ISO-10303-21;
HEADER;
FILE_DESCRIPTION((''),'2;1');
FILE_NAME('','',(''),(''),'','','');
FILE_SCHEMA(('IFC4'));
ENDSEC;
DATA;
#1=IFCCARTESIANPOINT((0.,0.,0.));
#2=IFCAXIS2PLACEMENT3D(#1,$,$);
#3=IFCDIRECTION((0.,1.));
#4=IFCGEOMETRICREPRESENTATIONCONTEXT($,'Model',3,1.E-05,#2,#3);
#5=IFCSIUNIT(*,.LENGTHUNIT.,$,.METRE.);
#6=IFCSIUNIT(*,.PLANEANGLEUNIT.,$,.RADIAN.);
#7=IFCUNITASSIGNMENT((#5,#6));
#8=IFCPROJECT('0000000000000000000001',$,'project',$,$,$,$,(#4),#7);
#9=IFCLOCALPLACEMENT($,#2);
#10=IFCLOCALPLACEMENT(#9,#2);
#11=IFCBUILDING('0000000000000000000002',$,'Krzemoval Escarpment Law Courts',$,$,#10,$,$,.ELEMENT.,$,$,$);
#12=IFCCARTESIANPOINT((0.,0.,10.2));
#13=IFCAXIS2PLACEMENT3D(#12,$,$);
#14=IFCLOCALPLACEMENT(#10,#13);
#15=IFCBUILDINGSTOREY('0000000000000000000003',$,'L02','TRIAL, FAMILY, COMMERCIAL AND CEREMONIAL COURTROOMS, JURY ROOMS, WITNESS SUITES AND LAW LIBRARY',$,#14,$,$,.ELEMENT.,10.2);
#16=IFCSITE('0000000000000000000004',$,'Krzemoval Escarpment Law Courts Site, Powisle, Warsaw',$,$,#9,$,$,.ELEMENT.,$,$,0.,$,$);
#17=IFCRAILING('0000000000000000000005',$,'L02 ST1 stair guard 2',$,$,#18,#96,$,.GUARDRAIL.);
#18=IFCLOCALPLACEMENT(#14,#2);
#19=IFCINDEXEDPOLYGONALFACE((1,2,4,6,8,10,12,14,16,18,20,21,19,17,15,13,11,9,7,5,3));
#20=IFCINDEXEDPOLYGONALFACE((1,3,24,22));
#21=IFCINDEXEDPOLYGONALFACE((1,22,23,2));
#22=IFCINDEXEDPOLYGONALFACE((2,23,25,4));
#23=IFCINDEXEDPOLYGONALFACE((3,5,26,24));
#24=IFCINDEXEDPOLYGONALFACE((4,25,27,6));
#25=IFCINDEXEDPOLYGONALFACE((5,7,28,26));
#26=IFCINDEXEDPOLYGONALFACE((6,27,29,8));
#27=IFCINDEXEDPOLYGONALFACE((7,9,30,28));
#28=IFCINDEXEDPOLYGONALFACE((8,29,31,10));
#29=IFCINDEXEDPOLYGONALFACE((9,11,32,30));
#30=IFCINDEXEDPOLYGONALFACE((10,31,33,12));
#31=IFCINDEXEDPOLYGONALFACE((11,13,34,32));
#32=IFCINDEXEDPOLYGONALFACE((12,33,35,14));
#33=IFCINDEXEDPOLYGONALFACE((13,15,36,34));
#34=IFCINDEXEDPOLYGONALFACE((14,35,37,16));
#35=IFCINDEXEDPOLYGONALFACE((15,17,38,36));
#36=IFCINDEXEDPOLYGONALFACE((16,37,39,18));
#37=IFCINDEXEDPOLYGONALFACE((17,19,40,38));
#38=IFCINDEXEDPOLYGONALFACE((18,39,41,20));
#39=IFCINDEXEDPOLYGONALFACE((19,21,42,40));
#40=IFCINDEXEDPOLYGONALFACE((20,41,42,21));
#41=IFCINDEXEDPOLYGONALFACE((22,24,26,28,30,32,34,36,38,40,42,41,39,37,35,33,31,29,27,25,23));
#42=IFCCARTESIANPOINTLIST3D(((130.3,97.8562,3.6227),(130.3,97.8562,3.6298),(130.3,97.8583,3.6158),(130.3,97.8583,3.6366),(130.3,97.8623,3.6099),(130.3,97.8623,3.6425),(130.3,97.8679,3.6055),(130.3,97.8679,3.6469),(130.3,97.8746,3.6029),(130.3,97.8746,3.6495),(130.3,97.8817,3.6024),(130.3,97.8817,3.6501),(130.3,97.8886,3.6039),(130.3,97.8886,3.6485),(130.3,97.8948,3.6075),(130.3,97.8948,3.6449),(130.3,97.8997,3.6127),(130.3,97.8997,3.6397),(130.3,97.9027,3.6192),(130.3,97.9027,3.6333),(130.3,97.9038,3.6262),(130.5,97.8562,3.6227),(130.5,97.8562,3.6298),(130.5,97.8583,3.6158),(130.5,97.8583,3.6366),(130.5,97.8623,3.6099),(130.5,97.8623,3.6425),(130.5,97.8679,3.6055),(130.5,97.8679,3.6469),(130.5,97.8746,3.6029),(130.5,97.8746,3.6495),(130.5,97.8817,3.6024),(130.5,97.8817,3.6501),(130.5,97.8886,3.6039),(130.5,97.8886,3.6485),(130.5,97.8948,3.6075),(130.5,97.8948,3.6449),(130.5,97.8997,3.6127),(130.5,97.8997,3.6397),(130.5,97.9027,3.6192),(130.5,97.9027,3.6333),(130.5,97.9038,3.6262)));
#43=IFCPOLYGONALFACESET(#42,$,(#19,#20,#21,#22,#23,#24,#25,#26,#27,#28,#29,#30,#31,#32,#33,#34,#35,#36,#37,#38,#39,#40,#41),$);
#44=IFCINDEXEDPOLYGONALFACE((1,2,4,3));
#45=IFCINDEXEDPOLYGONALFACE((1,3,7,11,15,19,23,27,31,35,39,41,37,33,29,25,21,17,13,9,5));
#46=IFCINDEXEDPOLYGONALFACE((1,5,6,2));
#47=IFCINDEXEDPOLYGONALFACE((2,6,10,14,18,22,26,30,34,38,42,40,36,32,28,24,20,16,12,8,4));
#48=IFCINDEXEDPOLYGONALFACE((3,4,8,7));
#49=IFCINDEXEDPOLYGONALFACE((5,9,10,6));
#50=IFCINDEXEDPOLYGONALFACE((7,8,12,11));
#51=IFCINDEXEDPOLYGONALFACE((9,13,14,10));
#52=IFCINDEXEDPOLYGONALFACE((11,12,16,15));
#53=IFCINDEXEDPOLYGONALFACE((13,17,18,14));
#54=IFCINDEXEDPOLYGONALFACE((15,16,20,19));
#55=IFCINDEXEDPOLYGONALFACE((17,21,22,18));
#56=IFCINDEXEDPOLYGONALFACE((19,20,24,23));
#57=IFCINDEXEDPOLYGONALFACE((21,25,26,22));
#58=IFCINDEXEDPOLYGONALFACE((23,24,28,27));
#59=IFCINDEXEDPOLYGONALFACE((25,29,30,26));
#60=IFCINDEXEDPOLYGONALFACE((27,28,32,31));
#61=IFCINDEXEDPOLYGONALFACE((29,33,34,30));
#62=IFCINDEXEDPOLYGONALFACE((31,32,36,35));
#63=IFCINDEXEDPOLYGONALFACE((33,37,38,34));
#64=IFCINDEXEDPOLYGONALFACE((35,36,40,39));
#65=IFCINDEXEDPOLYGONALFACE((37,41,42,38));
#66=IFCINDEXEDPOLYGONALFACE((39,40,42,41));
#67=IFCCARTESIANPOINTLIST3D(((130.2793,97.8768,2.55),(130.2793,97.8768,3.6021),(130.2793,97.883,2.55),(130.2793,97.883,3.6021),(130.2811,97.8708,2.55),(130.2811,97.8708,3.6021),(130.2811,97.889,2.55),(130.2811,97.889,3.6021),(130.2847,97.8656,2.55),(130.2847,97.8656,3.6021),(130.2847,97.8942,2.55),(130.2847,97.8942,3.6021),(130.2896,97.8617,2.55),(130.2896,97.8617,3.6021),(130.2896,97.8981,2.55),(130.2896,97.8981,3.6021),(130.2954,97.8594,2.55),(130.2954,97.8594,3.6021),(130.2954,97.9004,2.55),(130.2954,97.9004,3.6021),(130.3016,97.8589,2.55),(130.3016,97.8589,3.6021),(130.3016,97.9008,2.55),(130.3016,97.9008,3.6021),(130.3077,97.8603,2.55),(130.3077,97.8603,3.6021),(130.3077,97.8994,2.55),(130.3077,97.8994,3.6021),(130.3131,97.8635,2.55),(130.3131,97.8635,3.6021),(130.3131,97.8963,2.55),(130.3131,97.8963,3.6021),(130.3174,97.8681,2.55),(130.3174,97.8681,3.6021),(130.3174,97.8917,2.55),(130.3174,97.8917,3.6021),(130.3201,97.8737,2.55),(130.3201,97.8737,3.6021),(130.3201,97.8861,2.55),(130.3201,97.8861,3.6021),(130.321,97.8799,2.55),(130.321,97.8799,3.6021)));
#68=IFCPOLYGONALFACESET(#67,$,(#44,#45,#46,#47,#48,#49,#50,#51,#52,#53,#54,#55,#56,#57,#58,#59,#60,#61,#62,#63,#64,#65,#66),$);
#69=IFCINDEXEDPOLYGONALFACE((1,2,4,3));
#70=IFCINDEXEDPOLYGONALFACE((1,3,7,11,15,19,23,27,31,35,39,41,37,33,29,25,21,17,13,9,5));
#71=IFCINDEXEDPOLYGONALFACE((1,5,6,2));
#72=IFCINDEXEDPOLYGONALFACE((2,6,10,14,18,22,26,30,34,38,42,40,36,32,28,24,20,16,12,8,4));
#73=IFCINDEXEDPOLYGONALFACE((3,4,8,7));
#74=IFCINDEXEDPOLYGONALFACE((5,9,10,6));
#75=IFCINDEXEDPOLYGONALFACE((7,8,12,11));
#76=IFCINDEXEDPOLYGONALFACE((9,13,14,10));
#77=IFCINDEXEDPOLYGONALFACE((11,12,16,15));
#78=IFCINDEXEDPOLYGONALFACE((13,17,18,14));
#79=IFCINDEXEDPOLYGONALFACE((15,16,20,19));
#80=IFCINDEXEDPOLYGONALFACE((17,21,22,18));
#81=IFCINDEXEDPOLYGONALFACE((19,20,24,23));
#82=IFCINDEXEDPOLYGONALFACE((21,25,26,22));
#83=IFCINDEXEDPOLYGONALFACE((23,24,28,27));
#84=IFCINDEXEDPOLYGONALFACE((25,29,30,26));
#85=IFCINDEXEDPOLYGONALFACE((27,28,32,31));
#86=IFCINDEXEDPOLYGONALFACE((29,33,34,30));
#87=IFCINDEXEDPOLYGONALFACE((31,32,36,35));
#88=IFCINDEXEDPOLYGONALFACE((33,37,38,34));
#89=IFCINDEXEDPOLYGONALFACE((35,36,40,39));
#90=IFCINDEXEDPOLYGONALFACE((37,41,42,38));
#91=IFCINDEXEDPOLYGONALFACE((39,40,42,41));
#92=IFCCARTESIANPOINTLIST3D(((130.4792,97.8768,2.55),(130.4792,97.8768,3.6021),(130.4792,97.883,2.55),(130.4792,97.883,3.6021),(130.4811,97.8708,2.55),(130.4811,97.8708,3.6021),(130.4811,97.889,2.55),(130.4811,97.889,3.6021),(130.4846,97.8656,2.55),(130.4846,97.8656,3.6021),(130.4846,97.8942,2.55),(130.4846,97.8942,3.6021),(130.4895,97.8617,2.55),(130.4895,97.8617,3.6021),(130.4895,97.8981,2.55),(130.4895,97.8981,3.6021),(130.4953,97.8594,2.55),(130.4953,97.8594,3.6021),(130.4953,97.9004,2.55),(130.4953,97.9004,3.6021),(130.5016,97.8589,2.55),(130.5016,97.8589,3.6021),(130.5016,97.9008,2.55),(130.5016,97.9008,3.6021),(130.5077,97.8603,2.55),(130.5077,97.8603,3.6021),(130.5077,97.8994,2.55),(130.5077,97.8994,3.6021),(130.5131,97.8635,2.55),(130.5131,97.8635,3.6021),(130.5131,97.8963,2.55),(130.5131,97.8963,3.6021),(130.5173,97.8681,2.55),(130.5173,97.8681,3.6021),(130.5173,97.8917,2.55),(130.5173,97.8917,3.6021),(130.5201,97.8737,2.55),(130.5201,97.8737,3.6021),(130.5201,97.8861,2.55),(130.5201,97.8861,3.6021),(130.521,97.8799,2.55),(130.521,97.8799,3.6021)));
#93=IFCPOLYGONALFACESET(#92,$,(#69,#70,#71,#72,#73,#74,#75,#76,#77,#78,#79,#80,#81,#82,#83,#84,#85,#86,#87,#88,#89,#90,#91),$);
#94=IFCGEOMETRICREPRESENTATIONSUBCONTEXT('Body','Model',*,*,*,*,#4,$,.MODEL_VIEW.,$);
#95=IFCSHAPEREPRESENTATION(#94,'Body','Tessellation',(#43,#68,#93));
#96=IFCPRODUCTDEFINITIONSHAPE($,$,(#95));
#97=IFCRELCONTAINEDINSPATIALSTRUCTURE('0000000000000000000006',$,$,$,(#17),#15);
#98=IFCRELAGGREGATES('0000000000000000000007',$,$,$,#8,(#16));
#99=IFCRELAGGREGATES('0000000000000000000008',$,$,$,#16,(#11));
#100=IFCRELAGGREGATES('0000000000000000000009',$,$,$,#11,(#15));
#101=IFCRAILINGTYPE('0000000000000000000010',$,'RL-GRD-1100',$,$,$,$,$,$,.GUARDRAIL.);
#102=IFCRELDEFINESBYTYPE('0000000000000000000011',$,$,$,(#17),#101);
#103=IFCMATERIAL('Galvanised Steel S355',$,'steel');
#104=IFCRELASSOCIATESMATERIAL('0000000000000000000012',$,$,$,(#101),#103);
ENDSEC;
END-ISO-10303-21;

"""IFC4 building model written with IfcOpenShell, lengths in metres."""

from ifc_helpers import new_model, si_unit, direction, frame, origin, origin_2d, place, context, subcontext, project, spatial, circle, extrude, material, type_object, element, save


model = new_model("IFC4")

# Units and contexts
model_context = context("Model", 3, precision=1e-05, world=origin(), true_north=direction((0.0, 1.0)))
body_context = subcontext(model_context, "Body", "Model", "MODEL_VIEW")
ifc_project = project(units=[si_unit("LENGTHUNIT", "METRE"), si_unit("PLANEANGLEUNIT", "RADIAN")], contexts=[model_context])

# Site, building, storey
site_placement = place(None, origin())
site = spatial("IfcSite", under=ifc_project, at=site_placement, Name="Krzemoval Escarpment Law Courts Site, Powisle, Warsaw", CompositionType="ELEMENT", RefElevation=0.0)
building_placement = place(site_placement, origin())
building = spatial("IfcBuilding", under=site, at=building_placement, Name="Krzemoval Escarpment Law Courts", CompositionType="ELEMENT")
storey_placement = place(building_placement, frame((0.0, 0.0, 10.2)))
storey = spatial("IfcBuildingStorey", under=building, at=storey_placement, Name="L02", Description="TRIAL, FAMILY, COMMERCIAL AND CEREMONIAL COURTROOMS, JURY ROOMS, WITNESS SUITES AND LAW LIBRARY", CompositionType="ELEMENT", Elevation=10.2)

# Railing
ifc_material_1 = material(Name="Galvanised Steel S355", Category="steel")
railing_type_1 = type_object("IfcRailingType", Name="RL-GRD-1100", PredefinedType="GUARDRAIL", material=ifc_material_1)
railing_1_placement = place(storey_placement, frame((130.3, 97.8799, 2.55)))
element("IfcRailing", 1, at=railing_1_placement, inside=storey, type_object=railing_type_1, Name="L02 ST1 stair guard 2", PredefinedType="GUARDRAIL", context=body_context, shape_type="SweptSolid", body=[
    extrude(circle(Radius=0.0239, at=origin_2d()), frame((0.0, 0.0, 1.0762), z_axis=(1.0, 0.0, 0.0), x_axis=(0.0, 1.0, 0.0)), (0.0, 0.0, 1.0), 0.2),
    extrude(circle(Radius=0.021, at=origin_2d()), origin(), (0.0, 0.0, 1.0), 1.052),
    extrude(circle(Radius=0.021, at=origin_2d()), frame((0.2, 0.0, 0.0)), (0.0, 0.0, 1.0), 1.052),
])

save(model, "model.ifc")
